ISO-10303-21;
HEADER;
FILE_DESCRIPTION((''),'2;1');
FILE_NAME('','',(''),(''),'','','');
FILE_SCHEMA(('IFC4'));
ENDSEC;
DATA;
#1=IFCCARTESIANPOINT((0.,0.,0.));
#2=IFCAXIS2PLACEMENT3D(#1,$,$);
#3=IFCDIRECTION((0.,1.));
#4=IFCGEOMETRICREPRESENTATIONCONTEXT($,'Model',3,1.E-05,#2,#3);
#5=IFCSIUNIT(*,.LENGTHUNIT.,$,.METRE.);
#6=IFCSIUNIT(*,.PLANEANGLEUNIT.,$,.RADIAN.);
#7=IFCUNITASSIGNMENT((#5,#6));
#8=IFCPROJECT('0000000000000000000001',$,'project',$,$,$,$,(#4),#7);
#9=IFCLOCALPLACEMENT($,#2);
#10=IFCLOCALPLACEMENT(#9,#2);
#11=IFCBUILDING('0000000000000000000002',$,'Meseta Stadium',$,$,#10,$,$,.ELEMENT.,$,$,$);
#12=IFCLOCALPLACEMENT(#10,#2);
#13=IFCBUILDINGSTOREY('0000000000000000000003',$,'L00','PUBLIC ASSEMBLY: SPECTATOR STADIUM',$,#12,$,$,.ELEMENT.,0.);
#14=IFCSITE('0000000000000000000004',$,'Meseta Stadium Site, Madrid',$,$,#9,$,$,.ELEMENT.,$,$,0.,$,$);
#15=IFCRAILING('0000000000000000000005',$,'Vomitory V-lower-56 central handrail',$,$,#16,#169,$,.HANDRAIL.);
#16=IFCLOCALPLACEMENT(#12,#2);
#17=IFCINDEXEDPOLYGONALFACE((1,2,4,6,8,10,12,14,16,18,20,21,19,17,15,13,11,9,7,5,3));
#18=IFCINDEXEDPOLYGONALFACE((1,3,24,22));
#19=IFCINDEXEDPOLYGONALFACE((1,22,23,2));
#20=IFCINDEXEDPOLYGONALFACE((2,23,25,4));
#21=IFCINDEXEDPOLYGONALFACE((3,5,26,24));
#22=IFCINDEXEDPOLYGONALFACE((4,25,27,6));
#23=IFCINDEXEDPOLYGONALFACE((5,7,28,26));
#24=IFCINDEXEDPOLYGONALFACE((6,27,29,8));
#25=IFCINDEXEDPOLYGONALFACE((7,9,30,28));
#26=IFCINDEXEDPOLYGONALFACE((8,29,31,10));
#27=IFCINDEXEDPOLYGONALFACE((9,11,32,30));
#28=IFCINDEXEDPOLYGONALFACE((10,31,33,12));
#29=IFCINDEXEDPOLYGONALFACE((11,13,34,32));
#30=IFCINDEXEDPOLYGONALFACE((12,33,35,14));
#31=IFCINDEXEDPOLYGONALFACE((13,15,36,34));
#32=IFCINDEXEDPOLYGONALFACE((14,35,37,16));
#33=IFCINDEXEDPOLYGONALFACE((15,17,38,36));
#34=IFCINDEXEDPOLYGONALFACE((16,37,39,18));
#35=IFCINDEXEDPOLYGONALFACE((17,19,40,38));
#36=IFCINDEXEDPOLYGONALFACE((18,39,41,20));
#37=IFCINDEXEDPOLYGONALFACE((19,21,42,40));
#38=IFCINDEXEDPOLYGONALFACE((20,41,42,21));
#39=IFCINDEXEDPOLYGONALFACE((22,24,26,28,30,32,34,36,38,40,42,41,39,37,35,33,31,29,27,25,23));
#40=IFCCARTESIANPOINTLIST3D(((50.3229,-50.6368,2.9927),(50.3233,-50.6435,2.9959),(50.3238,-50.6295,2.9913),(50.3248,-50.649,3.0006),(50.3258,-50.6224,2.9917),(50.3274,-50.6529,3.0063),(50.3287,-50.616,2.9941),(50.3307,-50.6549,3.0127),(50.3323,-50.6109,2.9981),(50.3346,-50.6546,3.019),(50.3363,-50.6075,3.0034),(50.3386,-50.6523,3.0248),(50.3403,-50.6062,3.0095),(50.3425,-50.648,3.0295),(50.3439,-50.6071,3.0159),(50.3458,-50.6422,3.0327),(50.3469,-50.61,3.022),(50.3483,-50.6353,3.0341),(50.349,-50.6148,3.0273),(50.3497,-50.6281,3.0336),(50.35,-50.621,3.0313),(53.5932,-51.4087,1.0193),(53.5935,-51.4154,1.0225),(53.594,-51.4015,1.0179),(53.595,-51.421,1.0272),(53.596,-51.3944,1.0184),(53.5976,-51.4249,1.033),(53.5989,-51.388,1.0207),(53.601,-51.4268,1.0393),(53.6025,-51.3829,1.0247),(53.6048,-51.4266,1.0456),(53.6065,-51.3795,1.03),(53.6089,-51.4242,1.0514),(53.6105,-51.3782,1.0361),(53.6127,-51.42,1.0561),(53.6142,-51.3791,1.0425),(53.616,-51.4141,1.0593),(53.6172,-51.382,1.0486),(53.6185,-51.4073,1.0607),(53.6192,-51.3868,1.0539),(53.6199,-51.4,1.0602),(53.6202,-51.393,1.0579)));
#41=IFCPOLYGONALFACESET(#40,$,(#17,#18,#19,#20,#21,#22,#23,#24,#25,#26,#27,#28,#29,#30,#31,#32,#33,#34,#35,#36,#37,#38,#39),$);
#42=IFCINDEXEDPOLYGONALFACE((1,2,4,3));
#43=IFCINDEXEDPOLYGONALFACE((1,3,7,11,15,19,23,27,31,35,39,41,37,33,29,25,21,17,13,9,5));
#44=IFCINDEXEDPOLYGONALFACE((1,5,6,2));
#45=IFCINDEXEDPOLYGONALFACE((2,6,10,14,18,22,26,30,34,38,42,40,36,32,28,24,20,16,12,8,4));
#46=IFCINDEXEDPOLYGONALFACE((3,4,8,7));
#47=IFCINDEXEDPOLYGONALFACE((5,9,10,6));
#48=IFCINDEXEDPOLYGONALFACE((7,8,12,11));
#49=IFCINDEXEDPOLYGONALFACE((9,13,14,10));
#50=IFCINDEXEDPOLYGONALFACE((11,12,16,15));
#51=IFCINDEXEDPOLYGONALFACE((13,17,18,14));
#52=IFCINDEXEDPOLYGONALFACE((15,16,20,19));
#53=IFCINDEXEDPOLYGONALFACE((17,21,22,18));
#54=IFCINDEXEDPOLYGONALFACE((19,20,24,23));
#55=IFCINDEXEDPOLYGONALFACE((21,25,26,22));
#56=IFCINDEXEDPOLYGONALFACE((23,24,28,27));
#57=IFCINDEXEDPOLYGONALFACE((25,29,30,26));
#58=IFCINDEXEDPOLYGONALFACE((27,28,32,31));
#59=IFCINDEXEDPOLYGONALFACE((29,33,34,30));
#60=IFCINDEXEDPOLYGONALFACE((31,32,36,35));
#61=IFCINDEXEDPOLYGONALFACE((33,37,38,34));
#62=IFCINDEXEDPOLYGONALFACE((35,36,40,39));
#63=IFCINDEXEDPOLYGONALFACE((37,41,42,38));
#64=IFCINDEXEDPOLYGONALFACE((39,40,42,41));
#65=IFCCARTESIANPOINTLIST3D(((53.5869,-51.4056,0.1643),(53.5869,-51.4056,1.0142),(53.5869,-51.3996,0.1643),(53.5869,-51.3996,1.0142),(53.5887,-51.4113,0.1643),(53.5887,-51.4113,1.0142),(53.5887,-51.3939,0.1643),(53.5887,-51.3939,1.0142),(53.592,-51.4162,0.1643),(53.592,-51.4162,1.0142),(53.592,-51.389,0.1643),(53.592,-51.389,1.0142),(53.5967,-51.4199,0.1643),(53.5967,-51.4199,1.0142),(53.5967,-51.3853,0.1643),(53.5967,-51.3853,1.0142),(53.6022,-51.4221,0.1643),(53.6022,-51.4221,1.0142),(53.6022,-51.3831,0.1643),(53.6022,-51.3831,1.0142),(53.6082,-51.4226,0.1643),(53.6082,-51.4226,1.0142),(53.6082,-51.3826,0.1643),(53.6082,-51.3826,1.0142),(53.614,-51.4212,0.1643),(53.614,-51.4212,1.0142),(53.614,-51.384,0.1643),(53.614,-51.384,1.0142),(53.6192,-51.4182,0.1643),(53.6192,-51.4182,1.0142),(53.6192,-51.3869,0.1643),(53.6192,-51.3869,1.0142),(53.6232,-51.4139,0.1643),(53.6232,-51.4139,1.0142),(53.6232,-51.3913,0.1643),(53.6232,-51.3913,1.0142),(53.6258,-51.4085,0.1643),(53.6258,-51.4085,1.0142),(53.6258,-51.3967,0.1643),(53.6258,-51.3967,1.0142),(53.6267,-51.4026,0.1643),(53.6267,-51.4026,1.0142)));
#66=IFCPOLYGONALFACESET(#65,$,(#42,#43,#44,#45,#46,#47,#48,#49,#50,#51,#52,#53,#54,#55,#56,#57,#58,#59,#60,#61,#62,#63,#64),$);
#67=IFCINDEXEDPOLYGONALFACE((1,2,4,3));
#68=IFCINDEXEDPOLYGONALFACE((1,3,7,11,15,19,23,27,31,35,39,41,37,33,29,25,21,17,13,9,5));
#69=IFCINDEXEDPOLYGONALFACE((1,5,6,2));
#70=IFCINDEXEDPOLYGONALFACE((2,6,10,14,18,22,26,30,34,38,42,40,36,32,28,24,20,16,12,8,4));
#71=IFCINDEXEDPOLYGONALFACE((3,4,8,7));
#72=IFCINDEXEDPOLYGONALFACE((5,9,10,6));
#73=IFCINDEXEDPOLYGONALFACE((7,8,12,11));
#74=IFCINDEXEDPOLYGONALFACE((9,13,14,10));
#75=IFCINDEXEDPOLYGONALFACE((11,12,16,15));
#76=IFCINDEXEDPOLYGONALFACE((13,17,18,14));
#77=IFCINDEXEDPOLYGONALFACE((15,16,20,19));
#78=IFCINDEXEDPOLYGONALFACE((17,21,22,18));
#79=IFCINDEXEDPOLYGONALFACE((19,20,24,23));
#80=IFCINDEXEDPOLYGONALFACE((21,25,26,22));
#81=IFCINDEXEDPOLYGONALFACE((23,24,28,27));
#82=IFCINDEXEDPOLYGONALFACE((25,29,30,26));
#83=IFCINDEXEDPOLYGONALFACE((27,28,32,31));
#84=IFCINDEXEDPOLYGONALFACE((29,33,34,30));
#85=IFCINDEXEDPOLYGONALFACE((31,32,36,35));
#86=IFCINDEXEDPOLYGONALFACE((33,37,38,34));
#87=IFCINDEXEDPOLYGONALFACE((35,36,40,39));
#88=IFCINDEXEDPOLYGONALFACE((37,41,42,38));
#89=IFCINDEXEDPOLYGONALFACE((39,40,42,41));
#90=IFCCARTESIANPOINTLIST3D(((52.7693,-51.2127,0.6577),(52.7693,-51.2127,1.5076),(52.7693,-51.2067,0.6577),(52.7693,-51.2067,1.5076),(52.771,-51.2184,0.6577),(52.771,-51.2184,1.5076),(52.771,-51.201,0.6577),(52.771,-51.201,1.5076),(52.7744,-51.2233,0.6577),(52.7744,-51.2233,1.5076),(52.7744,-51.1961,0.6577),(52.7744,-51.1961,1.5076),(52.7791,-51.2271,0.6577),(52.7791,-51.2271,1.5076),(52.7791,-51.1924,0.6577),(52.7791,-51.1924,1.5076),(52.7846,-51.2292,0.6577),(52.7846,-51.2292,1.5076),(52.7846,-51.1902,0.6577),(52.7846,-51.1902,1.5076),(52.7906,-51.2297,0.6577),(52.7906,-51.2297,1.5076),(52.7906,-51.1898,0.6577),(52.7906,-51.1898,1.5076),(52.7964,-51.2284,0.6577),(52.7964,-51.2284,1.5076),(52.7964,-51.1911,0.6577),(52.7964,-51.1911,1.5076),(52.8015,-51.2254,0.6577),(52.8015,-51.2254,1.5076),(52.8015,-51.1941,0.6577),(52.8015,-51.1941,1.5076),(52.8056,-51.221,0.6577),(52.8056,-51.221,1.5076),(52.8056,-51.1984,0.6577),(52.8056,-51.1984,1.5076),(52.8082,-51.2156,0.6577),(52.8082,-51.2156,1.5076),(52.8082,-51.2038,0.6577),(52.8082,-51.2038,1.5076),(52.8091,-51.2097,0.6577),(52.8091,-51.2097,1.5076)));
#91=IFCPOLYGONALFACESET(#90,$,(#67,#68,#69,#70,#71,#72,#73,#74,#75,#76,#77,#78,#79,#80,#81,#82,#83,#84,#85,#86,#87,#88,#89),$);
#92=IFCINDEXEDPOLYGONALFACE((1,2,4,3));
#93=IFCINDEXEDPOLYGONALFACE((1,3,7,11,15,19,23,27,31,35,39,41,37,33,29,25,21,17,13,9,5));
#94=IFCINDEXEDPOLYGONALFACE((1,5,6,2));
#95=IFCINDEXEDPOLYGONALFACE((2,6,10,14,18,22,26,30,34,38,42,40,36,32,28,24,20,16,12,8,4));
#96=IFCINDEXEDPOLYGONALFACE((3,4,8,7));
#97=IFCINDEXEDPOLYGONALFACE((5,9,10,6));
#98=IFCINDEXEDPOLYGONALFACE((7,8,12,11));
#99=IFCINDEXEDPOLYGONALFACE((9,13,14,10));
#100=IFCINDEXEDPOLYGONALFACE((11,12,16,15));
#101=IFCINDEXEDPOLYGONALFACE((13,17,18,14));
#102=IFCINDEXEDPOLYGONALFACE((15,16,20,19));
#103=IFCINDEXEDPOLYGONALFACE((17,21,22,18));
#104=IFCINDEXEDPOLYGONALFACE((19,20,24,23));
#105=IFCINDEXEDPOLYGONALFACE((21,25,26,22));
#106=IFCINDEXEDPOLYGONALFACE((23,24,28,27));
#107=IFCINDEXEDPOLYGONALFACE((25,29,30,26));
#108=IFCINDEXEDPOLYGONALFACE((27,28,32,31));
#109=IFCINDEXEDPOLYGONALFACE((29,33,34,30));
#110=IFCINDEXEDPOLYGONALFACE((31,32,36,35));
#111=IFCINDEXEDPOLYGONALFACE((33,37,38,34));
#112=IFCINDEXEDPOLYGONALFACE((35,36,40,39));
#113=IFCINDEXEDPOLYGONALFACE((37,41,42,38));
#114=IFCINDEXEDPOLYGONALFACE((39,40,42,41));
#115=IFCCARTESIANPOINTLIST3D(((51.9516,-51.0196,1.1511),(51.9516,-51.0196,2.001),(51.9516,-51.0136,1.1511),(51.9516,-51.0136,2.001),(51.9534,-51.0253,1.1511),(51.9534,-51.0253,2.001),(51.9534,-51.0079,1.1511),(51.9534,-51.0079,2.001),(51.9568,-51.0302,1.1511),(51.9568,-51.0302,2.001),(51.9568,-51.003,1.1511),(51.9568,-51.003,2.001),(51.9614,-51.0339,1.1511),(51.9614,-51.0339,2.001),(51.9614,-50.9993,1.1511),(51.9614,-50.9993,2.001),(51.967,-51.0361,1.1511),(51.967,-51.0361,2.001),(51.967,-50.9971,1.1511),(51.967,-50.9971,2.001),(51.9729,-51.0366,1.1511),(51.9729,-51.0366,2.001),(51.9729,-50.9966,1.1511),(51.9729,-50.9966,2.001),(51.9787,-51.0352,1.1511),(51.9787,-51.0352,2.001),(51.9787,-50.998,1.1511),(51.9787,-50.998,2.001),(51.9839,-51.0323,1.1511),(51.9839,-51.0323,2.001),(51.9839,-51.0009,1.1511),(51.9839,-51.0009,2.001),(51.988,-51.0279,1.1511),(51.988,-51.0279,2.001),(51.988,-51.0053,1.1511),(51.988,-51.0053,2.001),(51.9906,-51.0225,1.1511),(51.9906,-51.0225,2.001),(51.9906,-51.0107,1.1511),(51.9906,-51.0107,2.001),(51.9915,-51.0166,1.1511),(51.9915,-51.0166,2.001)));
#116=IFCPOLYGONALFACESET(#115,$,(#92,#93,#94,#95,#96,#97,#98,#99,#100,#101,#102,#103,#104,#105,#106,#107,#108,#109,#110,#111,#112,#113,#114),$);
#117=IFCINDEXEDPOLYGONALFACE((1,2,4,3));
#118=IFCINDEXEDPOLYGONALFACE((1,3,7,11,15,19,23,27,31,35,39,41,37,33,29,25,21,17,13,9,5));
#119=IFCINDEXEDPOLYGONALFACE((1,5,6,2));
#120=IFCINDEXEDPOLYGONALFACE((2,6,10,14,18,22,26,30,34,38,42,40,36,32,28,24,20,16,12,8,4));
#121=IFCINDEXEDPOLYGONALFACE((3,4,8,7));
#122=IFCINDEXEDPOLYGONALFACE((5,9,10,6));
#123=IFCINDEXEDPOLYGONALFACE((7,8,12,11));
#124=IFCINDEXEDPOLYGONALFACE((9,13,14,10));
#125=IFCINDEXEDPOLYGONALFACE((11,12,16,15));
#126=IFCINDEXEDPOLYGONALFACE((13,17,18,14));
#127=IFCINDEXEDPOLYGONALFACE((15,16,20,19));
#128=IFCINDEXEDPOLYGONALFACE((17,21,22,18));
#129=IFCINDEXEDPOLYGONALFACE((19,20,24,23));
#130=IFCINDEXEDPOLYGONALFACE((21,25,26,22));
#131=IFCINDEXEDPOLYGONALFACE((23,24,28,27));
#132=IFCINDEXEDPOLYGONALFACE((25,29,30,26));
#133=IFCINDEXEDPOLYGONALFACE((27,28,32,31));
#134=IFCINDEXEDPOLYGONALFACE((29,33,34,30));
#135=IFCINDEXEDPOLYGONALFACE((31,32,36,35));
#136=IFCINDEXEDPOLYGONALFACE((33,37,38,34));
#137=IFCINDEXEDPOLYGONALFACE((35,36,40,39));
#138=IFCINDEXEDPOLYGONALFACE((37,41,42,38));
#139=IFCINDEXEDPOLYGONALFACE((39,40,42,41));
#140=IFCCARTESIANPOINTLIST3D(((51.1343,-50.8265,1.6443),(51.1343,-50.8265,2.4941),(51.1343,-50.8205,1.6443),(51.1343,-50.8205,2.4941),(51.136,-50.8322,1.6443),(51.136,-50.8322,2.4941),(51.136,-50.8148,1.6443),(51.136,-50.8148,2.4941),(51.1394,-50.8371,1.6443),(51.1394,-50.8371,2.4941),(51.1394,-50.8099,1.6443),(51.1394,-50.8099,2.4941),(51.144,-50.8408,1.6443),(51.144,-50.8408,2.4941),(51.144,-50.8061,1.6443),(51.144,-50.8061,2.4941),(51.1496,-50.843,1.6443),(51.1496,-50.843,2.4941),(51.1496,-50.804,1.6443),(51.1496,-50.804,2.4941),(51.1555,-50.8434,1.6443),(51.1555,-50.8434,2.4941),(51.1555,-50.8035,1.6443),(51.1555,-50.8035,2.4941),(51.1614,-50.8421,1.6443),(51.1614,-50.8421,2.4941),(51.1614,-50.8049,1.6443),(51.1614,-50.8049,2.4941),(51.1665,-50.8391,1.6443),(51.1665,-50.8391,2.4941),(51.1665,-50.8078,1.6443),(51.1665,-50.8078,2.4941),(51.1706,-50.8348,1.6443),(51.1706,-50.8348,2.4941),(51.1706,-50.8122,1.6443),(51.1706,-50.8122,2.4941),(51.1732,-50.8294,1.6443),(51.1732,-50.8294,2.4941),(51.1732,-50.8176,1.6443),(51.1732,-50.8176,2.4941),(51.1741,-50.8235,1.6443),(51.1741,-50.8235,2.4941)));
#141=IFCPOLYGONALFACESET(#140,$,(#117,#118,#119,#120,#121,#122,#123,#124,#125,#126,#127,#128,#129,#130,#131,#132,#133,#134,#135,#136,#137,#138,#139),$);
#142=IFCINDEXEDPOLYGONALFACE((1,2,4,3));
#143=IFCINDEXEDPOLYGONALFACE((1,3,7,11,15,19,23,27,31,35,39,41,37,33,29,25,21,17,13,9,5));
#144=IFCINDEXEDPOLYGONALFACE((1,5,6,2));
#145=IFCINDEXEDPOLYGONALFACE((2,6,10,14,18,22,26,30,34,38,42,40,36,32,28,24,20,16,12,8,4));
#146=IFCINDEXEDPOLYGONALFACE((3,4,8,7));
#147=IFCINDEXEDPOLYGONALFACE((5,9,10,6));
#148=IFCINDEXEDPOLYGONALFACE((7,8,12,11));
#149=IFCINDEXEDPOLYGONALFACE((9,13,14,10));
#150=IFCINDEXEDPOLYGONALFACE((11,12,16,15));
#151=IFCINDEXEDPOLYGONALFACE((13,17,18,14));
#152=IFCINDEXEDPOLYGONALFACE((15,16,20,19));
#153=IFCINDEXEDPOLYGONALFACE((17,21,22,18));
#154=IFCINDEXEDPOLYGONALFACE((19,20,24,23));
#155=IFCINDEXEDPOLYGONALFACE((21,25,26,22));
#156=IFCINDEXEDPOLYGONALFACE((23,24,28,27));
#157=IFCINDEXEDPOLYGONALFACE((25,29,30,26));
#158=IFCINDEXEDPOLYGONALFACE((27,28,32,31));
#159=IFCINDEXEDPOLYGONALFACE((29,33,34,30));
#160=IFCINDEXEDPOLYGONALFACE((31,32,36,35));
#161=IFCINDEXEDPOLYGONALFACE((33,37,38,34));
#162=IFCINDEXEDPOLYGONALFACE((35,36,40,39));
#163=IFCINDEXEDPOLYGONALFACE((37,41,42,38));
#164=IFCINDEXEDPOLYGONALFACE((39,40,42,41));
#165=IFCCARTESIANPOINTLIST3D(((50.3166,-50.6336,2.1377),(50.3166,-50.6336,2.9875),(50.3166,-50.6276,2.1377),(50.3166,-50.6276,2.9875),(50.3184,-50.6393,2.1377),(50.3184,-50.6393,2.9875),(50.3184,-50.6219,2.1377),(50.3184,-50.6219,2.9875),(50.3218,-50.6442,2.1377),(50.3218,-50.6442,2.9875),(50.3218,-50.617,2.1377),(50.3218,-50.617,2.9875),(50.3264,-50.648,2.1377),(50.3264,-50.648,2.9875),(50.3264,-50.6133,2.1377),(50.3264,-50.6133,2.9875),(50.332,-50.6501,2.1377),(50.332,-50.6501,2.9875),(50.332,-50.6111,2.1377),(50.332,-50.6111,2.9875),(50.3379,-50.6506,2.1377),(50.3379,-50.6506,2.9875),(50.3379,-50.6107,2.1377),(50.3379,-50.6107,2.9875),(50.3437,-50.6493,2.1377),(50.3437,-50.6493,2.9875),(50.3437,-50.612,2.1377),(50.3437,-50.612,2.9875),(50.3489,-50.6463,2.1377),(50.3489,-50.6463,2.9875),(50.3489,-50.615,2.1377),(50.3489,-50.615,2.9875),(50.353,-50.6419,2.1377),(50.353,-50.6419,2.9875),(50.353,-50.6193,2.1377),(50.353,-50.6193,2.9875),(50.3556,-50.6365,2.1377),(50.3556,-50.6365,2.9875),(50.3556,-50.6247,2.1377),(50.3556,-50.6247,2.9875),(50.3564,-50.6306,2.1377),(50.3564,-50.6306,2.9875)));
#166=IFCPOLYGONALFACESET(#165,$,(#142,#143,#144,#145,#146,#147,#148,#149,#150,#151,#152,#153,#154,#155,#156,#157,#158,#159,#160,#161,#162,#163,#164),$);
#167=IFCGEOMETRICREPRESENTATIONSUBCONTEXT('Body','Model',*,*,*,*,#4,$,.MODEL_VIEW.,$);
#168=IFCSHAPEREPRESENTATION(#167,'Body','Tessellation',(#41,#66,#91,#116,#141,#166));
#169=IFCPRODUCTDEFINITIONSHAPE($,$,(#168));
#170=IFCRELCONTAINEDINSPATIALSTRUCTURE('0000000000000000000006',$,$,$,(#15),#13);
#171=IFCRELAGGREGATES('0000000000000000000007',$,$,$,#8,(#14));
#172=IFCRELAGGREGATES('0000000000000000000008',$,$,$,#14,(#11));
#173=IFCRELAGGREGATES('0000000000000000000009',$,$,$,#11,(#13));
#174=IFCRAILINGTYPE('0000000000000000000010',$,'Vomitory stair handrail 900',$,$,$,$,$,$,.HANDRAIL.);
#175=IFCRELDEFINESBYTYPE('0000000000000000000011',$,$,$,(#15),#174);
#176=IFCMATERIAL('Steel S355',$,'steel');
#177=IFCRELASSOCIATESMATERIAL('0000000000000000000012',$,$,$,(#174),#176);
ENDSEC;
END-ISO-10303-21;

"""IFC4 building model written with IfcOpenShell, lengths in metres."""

from ifc_helpers import new_model, si_unit, direction, frame, origin, origin_2d, place, context, subcontext, project, spatial, circle, extrude, material, type_object, element, save


model = new_model("IFC4")

# Units and contexts
model_context = context("Model", 3, precision=1e-05, world=origin(), true_north=direction((0.0, 1.0)))
body_context = subcontext(model_context, "Body", "Model", "MODEL_VIEW")
ifc_project = project(units=[si_unit("LENGTHUNIT", "METRE"), si_unit("PLANEANGLEUNIT", "RADIAN")], contexts=[model_context])

# Site, building, storey
site_placement = place(None, origin())
site = spatial("IfcSite", under=ifc_project, at=site_placement, Name="Meseta Stadium Site, Madrid", CompositionType="ELEMENT", RefElevation=0.0)
building_placement = place(site_placement, origin())
building = spatial("IfcBuilding", under=site, at=building_placement, Name="Meseta Stadium", CompositionType="ELEMENT")
storey_placement = place(building_placement, origin())
storey = spatial("IfcBuildingStorey", under=building, at=storey_placement, Name="L00", Description="PUBLIC ASSEMBLY: SPECTATOR STADIUM", CompositionType="ELEMENT", Elevation=0.0)

# Railing
ifc_material_1 = material(Name="Steel S355", Category="steel")
railing_type_1 = type_object("IfcRailingType", Name="Vomitory stair handrail 900", PredefinedType="HANDRAIL", material=ifc_material_1)
railing_1_placement = place(storey_placement, frame((53.6067, -51.4026, 0.1643)))
element("IfcRailing", 1, at=railing_1_placement, inside=storey, type_object=railing_type_1, Name="Vomitory V-lower-56 central handrail", PredefinedType="HANDRAIL", context=body_context, shape_type="SweptSolid", body=[
    extrude(circle(Radius=0.0249, at=origin_2d()), frame((0.0, 0.0, 0.875), z_axis=(-0.839224, 0.198106, 0.506416), x_axis=(-0.229744, -0.973251, 0.0)), (0.0, 0.0, 1.0), 3.8967),
    extrude(circle(Radius=0.02, at=origin_2d()), origin(), (0.0, 0.0, 1.0), 0.8499),
    extrude(circle(Radius=0.02, at=origin_2d()), frame((-0.8176, 0.1929, 0.4934)), (0.0, 0.0, 1.0), 0.8499),
    extrude(circle(Radius=0.02, at=origin_2d()), frame((-1.6353, 0.386, 0.9868)), (0.0, 0.0, 1.0), 0.8499),
    extrude(circle(Radius=0.02, at=origin_2d()), frame((-2.4526, 0.5791, 1.48)), (0.0, 0.0, 1.0), 0.8499),
    extrude(circle(Radius=0.02, at=origin_2d()), frame((-3.2703, 0.772, 1.9734)), (0.0, 0.0, 1.0), 0.8499),
])

save(model, "model.ifc")
